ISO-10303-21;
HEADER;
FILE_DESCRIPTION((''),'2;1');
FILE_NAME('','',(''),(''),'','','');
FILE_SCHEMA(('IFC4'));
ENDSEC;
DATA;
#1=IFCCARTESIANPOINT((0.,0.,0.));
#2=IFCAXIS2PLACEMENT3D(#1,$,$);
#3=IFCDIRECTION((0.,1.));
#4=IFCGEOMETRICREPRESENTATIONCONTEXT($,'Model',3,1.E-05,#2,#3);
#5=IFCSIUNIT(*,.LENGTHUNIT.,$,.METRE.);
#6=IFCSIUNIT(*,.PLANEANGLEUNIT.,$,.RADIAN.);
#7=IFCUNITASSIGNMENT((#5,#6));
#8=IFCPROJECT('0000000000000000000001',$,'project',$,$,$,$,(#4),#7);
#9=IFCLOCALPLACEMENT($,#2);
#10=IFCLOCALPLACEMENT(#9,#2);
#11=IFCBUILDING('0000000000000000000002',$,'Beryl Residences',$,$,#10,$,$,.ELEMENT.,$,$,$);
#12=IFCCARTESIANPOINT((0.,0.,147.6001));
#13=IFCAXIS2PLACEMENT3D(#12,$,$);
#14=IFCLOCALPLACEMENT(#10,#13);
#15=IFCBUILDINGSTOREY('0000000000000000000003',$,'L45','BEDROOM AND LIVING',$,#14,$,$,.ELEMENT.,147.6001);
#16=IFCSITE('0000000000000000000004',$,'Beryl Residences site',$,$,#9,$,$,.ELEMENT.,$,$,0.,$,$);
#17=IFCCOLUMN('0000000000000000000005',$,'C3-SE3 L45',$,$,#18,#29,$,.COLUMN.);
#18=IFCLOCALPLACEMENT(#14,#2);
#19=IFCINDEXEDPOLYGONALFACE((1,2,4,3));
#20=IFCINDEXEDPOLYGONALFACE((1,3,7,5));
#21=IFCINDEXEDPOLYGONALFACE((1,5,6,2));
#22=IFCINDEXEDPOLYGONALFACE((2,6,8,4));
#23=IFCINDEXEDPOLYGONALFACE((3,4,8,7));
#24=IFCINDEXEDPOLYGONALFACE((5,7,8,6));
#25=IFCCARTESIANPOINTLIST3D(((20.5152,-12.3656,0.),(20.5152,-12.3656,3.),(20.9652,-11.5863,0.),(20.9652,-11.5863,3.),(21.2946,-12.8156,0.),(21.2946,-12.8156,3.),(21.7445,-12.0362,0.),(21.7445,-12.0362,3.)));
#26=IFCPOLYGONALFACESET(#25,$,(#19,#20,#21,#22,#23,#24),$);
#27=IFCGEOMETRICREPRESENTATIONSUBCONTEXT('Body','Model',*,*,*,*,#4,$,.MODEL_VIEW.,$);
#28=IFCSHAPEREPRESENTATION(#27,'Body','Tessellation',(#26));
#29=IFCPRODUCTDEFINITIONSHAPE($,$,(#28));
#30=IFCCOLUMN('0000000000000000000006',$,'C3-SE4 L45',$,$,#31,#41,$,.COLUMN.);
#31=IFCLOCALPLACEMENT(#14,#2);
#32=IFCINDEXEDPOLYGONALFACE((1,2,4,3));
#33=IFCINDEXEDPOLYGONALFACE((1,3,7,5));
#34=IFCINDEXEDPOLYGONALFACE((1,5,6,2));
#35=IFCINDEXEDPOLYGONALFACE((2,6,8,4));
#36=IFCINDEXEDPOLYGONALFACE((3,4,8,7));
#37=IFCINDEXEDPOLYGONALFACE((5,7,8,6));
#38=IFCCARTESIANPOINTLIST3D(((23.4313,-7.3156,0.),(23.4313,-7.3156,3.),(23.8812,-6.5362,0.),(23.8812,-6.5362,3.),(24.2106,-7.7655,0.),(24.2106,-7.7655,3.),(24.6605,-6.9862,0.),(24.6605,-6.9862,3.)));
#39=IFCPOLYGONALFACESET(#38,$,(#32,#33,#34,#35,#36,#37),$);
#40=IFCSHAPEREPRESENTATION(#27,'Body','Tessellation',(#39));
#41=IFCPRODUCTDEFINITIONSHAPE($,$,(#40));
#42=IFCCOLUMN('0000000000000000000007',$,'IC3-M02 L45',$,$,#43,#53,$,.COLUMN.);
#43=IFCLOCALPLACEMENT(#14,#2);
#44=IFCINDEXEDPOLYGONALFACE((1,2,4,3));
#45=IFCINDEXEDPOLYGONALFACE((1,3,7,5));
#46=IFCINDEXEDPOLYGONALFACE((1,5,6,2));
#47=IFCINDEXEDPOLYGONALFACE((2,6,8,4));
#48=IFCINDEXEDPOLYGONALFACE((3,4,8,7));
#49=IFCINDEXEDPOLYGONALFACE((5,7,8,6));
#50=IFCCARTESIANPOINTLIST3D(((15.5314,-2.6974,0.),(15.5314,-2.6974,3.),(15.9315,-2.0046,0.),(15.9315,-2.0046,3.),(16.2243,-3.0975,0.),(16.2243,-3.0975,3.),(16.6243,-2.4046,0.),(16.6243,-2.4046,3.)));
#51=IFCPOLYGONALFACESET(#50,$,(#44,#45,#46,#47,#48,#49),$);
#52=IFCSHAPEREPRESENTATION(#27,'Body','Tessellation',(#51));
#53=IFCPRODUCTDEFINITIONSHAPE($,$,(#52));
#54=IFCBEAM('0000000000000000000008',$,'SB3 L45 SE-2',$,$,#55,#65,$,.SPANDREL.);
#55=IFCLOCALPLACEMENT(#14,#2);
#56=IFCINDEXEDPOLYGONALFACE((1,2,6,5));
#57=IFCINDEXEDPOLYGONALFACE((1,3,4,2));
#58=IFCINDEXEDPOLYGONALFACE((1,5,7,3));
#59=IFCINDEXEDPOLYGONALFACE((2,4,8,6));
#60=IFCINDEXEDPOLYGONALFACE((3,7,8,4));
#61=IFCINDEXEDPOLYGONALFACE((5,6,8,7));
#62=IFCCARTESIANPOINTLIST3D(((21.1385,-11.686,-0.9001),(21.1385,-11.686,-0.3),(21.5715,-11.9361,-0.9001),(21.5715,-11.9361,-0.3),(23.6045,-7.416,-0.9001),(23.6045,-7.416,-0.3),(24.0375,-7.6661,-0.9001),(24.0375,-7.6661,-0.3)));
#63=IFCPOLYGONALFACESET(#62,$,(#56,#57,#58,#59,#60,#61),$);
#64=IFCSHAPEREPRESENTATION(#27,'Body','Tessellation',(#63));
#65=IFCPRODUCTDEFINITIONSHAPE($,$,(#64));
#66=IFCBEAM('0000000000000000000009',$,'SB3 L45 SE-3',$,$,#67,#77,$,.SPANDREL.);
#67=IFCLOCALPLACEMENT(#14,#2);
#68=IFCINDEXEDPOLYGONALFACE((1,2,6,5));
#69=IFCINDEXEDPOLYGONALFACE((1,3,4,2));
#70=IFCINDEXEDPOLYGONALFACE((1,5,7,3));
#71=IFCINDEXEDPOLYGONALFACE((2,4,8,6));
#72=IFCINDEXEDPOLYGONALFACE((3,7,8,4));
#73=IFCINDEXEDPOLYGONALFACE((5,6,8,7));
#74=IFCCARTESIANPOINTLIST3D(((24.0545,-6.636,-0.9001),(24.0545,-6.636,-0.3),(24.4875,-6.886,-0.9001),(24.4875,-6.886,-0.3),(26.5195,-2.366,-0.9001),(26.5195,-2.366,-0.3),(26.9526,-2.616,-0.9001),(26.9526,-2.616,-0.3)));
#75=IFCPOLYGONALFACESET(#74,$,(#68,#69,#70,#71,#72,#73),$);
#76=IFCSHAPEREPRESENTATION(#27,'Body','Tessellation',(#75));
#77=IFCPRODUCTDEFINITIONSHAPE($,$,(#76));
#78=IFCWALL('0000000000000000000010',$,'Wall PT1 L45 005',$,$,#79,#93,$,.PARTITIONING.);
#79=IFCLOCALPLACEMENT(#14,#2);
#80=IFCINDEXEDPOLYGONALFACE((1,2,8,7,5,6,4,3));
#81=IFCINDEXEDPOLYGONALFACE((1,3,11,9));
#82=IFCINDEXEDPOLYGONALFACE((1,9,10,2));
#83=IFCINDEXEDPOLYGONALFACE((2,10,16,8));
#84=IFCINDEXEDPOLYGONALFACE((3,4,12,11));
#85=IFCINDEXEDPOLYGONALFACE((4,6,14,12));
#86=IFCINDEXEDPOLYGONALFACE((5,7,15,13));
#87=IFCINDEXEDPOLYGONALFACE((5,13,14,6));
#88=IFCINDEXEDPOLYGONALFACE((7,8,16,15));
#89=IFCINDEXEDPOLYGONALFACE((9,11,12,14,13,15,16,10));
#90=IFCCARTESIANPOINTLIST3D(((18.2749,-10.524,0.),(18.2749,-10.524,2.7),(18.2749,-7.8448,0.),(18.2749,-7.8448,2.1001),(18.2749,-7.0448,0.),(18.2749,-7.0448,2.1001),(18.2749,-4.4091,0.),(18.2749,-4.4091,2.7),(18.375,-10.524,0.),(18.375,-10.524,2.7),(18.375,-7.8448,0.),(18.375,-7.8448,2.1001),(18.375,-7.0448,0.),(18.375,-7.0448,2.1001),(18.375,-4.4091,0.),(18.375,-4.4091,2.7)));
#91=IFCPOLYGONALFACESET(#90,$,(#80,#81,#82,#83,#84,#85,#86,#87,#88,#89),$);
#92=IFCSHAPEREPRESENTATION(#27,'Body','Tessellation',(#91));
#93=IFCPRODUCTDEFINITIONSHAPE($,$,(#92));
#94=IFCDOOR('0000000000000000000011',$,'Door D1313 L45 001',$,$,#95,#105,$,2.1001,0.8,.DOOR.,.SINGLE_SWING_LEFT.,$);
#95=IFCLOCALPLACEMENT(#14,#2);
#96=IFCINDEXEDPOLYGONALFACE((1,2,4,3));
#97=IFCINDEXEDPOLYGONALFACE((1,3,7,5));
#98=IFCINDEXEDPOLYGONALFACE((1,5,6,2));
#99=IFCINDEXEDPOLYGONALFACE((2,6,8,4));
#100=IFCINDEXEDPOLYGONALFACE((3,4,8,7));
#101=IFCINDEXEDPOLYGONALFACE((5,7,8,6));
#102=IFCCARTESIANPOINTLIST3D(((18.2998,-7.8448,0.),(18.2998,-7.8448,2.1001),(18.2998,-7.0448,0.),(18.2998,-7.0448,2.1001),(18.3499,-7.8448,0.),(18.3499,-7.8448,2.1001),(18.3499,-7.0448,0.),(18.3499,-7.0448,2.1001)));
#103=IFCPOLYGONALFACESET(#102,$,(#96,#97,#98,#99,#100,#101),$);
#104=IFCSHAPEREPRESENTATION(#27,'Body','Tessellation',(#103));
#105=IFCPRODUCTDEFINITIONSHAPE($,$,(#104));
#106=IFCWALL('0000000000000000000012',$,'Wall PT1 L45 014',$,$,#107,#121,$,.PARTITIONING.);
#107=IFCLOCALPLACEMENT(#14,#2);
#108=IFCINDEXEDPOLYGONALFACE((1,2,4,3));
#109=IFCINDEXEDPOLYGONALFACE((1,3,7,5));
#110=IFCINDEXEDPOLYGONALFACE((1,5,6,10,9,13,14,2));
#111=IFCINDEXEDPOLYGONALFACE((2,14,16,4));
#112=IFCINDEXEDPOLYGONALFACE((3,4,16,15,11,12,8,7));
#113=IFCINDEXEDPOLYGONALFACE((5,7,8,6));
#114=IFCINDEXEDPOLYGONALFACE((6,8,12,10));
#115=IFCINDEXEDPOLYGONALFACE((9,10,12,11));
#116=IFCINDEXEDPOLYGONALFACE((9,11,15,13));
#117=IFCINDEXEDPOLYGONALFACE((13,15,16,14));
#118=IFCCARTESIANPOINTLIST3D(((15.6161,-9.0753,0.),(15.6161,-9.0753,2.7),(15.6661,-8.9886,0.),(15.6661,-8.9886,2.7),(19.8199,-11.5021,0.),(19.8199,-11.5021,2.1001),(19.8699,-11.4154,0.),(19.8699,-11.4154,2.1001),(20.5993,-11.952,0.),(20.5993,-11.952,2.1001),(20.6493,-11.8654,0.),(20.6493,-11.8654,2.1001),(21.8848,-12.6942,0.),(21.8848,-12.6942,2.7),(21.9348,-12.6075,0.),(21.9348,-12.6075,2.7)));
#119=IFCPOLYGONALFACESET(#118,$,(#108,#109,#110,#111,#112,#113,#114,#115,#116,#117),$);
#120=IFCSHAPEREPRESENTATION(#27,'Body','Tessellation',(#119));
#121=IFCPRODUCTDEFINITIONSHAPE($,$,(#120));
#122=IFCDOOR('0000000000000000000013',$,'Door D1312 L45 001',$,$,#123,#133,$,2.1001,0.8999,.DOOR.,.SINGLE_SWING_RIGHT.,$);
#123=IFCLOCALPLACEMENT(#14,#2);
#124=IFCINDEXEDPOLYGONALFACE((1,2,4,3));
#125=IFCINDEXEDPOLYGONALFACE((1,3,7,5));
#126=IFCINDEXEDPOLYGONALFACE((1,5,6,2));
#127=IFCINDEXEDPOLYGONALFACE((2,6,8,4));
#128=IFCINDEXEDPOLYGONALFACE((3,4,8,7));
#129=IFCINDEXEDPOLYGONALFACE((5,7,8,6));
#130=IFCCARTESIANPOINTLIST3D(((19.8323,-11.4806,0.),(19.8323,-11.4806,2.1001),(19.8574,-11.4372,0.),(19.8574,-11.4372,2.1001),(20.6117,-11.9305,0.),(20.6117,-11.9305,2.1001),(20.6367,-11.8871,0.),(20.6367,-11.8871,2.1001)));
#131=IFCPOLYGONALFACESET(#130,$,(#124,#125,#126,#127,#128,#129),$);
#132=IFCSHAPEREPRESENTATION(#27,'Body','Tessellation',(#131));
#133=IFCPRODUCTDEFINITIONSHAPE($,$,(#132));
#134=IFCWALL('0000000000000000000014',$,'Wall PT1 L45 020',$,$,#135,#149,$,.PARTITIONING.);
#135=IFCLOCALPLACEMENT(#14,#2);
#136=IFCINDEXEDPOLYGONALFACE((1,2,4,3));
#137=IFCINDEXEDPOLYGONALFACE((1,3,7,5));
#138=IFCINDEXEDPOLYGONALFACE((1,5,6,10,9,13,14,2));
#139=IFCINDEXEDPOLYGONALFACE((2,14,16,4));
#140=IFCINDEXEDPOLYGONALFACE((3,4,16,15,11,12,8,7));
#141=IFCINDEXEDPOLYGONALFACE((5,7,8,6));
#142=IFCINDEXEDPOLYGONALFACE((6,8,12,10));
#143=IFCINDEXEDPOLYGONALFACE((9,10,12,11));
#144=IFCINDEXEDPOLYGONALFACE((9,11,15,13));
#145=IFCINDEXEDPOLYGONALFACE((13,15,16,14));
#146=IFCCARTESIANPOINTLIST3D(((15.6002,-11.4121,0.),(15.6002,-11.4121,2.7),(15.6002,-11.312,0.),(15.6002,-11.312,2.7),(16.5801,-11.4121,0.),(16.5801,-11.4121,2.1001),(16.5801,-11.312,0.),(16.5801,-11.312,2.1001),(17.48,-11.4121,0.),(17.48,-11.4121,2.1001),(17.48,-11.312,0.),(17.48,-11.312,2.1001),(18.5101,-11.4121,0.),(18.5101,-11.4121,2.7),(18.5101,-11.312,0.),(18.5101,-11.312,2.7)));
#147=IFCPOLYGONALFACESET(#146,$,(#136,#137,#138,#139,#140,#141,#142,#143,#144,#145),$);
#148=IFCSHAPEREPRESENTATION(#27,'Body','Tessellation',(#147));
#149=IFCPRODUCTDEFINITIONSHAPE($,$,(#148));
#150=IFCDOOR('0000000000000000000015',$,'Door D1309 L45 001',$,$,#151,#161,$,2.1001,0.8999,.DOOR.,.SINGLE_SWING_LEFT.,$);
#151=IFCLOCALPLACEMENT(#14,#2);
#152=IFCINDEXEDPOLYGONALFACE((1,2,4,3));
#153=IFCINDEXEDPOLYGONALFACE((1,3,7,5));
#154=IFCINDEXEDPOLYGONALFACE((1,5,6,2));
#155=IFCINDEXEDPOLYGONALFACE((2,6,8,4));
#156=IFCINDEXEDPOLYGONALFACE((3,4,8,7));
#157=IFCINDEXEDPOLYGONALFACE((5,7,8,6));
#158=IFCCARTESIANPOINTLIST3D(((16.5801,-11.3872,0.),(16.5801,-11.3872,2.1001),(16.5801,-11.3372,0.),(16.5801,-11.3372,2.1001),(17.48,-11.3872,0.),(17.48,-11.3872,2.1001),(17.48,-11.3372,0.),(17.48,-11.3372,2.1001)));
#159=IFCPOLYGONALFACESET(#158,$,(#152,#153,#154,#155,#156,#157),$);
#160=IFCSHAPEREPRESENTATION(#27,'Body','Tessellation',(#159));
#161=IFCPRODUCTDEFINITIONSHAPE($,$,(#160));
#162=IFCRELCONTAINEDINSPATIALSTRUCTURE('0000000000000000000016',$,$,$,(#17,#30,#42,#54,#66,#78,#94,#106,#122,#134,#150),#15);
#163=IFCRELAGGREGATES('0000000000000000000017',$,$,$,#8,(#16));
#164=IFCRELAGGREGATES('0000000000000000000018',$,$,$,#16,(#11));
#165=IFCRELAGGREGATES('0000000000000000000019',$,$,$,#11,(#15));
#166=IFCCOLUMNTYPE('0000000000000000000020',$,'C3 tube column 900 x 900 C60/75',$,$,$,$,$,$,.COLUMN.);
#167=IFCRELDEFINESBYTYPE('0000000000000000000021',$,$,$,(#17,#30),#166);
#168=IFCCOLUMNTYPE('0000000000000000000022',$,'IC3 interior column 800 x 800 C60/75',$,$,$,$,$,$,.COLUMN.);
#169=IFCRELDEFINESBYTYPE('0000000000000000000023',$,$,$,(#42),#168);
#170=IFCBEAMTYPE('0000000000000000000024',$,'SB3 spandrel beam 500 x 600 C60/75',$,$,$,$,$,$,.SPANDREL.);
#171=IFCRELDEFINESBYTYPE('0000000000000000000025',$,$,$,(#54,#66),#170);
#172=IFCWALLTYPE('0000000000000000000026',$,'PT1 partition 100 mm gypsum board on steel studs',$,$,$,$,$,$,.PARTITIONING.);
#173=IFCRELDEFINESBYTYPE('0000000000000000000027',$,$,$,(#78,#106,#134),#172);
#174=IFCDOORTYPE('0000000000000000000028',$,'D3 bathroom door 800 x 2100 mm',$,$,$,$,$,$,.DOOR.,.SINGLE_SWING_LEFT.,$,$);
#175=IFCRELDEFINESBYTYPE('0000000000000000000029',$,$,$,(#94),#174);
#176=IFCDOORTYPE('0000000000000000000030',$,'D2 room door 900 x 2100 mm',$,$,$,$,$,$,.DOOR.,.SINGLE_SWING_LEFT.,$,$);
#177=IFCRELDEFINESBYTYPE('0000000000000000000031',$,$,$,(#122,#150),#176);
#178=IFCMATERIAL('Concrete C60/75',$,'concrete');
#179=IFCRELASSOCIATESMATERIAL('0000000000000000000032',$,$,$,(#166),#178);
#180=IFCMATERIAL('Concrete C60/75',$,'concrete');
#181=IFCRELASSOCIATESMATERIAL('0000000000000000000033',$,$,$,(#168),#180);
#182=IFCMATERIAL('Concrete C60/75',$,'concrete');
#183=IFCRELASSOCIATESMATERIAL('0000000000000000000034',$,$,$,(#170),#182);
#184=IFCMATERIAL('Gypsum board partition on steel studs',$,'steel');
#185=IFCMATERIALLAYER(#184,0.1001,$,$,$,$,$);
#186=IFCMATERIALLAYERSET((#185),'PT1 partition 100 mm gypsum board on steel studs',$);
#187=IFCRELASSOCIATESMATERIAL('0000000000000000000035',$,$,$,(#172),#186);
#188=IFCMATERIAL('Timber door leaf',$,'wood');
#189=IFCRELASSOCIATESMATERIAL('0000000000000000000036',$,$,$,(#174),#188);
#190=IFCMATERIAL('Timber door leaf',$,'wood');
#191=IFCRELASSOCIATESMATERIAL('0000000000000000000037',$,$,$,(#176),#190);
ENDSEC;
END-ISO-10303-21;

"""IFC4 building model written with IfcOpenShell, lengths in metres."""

from ifc_helpers import new_model, si_unit, direction, frame, frame_2d, origin, origin_2d, place, context, subcontext, project, spatial, rectangle, extrude, material, layer, layer_set, material_profile, profile_set, type_object, element, fill, save


model = new_model("IFC4")

# Units and contexts
model_context = context("Model", 3, precision=1e-05, world=origin(), true_north=direction((0.0, 1.0)))
body_context = subcontext(model_context, "Body", "Model", "MODEL_VIEW")
ifc_project = project(units=[si_unit("LENGTHUNIT", "METRE"), si_unit("PLANEANGLEUNIT", "RADIAN")], contexts=[model_context])

# Site, building, storey
site_placement = place(None, origin())
site = spatial("IfcSite", under=ifc_project, at=site_placement, Name="Beryl Residences site", CompositionType="ELEMENT", RefElevation=0.0)
building_placement = place(site_placement, origin())
building = spatial("IfcBuilding", under=site, at=building_placement, Name="Beryl Residences", CompositionType="ELEMENT")
storey_placement = place(building_placement, frame((0.0, 0.0, 147.6001)))
storey = spatial("IfcBuildingStorey", under=building, at=storey_placement, Name="L45", Description="BEDROOM AND LIVING", CompositionType="ELEMENT", Elevation=147.6001)

# Columns
ifc_material_1 = material(Name="Concrete C60/75", Category="concrete")
ifc_material_profile_1 = material_profile(ifc_material_1, rectangle(XDim=0.8999, YDim=0.8999, at=origin_2d()))
ifc_profile_set_1 = profile_set([ifc_material_profile_1], Name="Concrete C60/75")
column_type_1 = type_object("IfcColumnType", Name="C3 tube column 900 x 900 C60/75", PredefinedType="COLUMN", material=ifc_profile_set_1)
for number, where, z_axis, x_axis, name in (
    (1, (21.1299, -12.2009, 0.0), (0.0, 0.0, 1.0), (0.5, 0.866025, 0.0), "C3-SE3 L45"),
    (2, (24.0459, -7.1509, 0.0), (0.0, 0.0, 1.0), (0.5, 0.866025, 0.0), "C3-SE4 L45"),
):
    element("IfcColumn", number, at=place(storey_placement, frame(where, z_axis=z_axis, x_axis=x_axis)), inside=storey, type_object=column_type_1, Name=name, PredefinedType="COLUMN", context=body_context, shape_type="SweptSolid", body=[
        extrude(rectangle(XDim=0.8999, YDim=0.8999, at=origin_2d()), origin(), (0.0, 0.0, 1.0), 3.0),
    ])
ifc_material_2 = material(Name="Concrete C60/75", Category="concrete")
ifc_material_profile_2 = material_profile(ifc_material_2, rectangle(XDim=0.8, YDim=0.8, at=origin_2d()))
ifc_profile_set_2 = profile_set([ifc_material_profile_2], Name="Concrete C60/75")
column_type_2 = type_object("IfcColumnType", Name="IC3 interior column 800 x 800 C60/75", PredefinedType="COLUMN", material=ifc_profile_set_2)
column_placement = place(storey_placement, frame((16.0779, -2.551, 0.0), z_axis=(0.0, 0.0, 1.0), x_axis=(0.5, 0.866025, 0.0)))
element("IfcColumn", 3, at=column_placement, inside=storey, type_object=column_type_2, Name="IC3-M02 L45", PredefinedType="COLUMN", context=body_context, shape_type="SweptSolid", body=[
    extrude(rectangle(XDim=0.8, YDim=0.8, at=origin_2d()), origin(), (0.0, 0.0, 1.0), 3.0),
])

# Beams
ifc_material_3 = material(Name="Concrete C60/75", Category="concrete")
ifc_material_profile_3 = material_profile(ifc_material_3, rectangle(XDim=0.5, YDim=0.6001, at=origin_2d()))
ifc_profile_set_3 = profile_set([ifc_material_profile_3], Name="Concrete C60/75")
beam_type = type_object("IfcBeamType", Name="SB3 spandrel beam 500 x 600 C60/75", PredefinedType="SPANDREL", material=ifc_profile_set_3)
beam_1_placement = place(storey_placement, frame((21.355, -11.811, -0.6001), z_axis=(0.500117, 0.865958, 0.0), x_axis=(-0.865958, 0.500117, 0.0)))
element("IfcBeam", 4, at=beam_1_placement, inside=storey, type_object=beam_type, Name="SB3 L45 SE-2", PredefinedType="SPANDREL", context=body_context, shape_type="SweptSolid", body=[
    extrude(rectangle(XDim=0.5, YDim=0.6001, at=origin_2d()), origin(), (0.0, 0.0, 1.0), 4.9309),
])
beam_2_placement = place(storey_placement, frame((24.271, -6.761, -0.6001), z_axis=(0.499968, 0.866044, 0.0), x_axis=(-0.866044, 0.499968, 0.0)))
element("IfcBeam", 5, at=beam_2_placement, inside=storey, type_object=beam_type, Name="SB3 L45 SE-3", PredefinedType="SPANDREL", context=body_context, shape_type="SweptSolid", body=[
    extrude(rectangle(XDim=0.5, YDim=0.6001, at=origin_2d()), origin(), (0.0, 0.0, 1.0), 4.9304),
])

# Walls, openings, doors
ifc_material_4 = material(Name="Gypsum board partition on steel studs", Category="steel")
ifc_layer_1 = layer(ifc_material_4, 0.1001)
ifc_layer_set_1 = layer_set([ifc_layer_1], Name="PT1 partition 100 mm gypsum board on steel studs")
wall_type_1 = type_object("IfcWallType", Name="PT1 partition 100 mm gypsum board on steel studs", PredefinedType="PARTITIONING", material=ifc_layer_set_1)
wall_1_placement = place(storey_placement, frame((18.325, -4.4089, 0.0), z_axis=(0.0, 0.0, 1.0), x_axis=(0.0, -1.0, 0.0)))
wall_1 = element("IfcWall", 6, at=wall_1_placement, inside=storey, type_object=wall_type_1, Name="Wall PT1 L45 005", PredefinedType="PARTITIONING", context=body_context, shape_type="SweptSolid", body=[
    extrude(rectangle(XDim=6.115, YDim=0.1001, at=frame_2d((3.0576, 0.0))), origin(), (0.0, 0.0, 1.0), 2.7),
])
opening_1_placement = place(wall_1_placement, frame((2.636, 0.0, 0.0)))
opening_1 = element("IfcOpeningElement", 7, at=opening_1_placement, cuts=wall_1, PredefinedType="OPENING", context=body_context, shape_type="SweptSolid", body=[
    extrude(rectangle(XDim=0.8, YDim=2.1001, at=frame_2d((0.3999, 1.05))), frame((0.0, 0.0601, 0.0), z_axis=(0.0, -1.0, 0.0), x_axis=(1.0, 0.0, 0.0)), (0.0, 0.0, 1.0), 0.1201),
])
ifc_material_5 = material(Name="Timber door leaf", Category="wood")
door_type_1 = type_object("IfcDoorType", Name="D3 bathroom door 800 x 2100 mm", OperationType="SINGLE_SWING_LEFT", PredefinedType="DOOR", material=ifc_material_5)
door_1_placement = place(opening_1_placement, origin())
door_1 = element("IfcDoor", 8, at=door_1_placement, inside=storey, type_object=door_type_1, Name="Door D1313 L45 001", OperationType="SINGLE_SWING_LEFT", OverallHeight=2.1001, OverallWidth=0.8, PredefinedType="DOOR", context=body_context, shape_type="SweptSolid", body=[
    extrude(rectangle(XDim=0.8, YDim=2.1001, at=frame_2d((0.3999, 1.05))), frame((0.0, 0.0249, 0.0), z_axis=(0.0, -1.0, 0.0), x_axis=(1.0, 0.0, 0.0)), (0.0, 0.0, 1.0), 0.05),
])
fill(opening_1, door_1)
wall_2_placement = place(storey_placement, frame((15.6411, -9.032, 0.0), z_axis=(0.0, 0.0, 1.0), x_axis=(0.866049, -0.499959, 0.0)))
wall_2 = element("IfcWall", 9, at=wall_2_placement, inside=storey, type_object=wall_type_1, Name="Wall PT1 L45 014", PredefinedType="PARTITIONING", context=body_context, shape_type="SweptSolid", body=[
    extrude(rectangle(XDim=7.2383, YDim=0.1001, at=frame_2d((3.6191, 0.0))), origin(), (0.0, 0.0, 1.0), 2.7),
])
opening_2_placement = place(wall_2_placement, frame((4.854, 0.0, 0.0)))
opening_2 = element("IfcOpeningElement", 10, at=opening_2_placement, cuts=wall_2, PredefinedType="OPENING", context=body_context, shape_type="SweptSolid", body=[
    extrude(rectangle(XDim=0.8999, YDim=2.1001, at=frame_2d((0.45, 1.05))), frame((0.0, 0.0601, 0.0), z_axis=(0.0, -1.0, 0.0), x_axis=(1.0, 0.0, 0.0)), (0.0, 0.0, 1.0), 0.1201),
])
ifc_material_6 = material(Name="Timber door leaf", Category="wood")
door_type_2 = type_object("IfcDoorType", Name="D2 room door 900 x 2100 mm", OperationType="SINGLE_SWING_LEFT", PredefinedType="DOOR", material=ifc_material_6)
door_2_placement = place(opening_2_placement, origin())
door_2 = element("IfcDoor", 11, at=door_2_placement, inside=storey, type_object=door_type_2, Name="Door D1312 L45 001", OperationType="SINGLE_SWING_RIGHT", OverallHeight=2.1001, OverallWidth=0.8999, PredefinedType="DOOR", context=body_context, shape_type="SweptSolid", body=[
    extrude(rectangle(XDim=0.8999, YDim=2.1001, at=frame_2d((0.45, 1.05))), frame((0.0, 0.0249, 0.0), z_axis=(0.0, -1.0, 0.0), x_axis=(1.0, 0.0, 0.0)), (0.0, 0.0, 1.0), 0.05),
])
fill(opening_2, door_2)
wall_3_placement = place(storey_placement, frame((15.6001, -11.3621, 0.0), z_axis=(0.0, 0.0, 1.0), x_axis=(1.0, 0.0, 0.0)))
wall_3 = element("IfcWall", 12, at=wall_3_placement, inside=storey, type_object=wall_type_1, Name="Wall PT1 L45 020", PredefinedType="PARTITIONING", context=body_context, shape_type="SweptSolid", body=[
    extrude(rectangle(XDim=2.9099, YDim=0.1001, at=frame_2d((1.4551, 0.0))), origin(), (0.0, 0.0, 1.0), 2.7),
])
opening_3_placement = place(wall_3_placement, frame((0.98, 0.0, 0.0)))
opening_3 = element("IfcOpeningElement", 13, at=opening_3_placement, cuts=wall_3, PredefinedType="OPENING", context=body_context, shape_type="SweptSolid", body=[
    extrude(rectangle(XDim=0.8999, YDim=2.1001, at=frame_2d((0.45, 1.05))), frame((0.0, 0.0601, 0.0), z_axis=(0.0, -1.0, 0.0), x_axis=(1.0, 0.0, 0.0)), (0.0, 0.0, 1.0), 0.1201),
])
door_3_placement = place(opening_3_placement, origin())
door_3 = element("IfcDoor", 14, at=door_3_placement, inside=storey, type_object=door_type_2, Name="Door D1309 L45 001", OperationType="SINGLE_SWING_LEFT", OverallHeight=2.1001, OverallWidth=0.8999, PredefinedType="DOOR", context=body_context, shape_type="SweptSolid", body=[
    extrude(rectangle(XDim=0.8999, YDim=2.1001, at=frame_2d((0.45, 1.05))), frame((0.0, 0.0249, 0.0), z_axis=(0.0, -1.0, 0.0), x_axis=(1.0, 0.0, 0.0)), (0.0, 0.0, 1.0), 0.05),
])
fill(opening_3, door_3)

save(model, "model.ifc")
